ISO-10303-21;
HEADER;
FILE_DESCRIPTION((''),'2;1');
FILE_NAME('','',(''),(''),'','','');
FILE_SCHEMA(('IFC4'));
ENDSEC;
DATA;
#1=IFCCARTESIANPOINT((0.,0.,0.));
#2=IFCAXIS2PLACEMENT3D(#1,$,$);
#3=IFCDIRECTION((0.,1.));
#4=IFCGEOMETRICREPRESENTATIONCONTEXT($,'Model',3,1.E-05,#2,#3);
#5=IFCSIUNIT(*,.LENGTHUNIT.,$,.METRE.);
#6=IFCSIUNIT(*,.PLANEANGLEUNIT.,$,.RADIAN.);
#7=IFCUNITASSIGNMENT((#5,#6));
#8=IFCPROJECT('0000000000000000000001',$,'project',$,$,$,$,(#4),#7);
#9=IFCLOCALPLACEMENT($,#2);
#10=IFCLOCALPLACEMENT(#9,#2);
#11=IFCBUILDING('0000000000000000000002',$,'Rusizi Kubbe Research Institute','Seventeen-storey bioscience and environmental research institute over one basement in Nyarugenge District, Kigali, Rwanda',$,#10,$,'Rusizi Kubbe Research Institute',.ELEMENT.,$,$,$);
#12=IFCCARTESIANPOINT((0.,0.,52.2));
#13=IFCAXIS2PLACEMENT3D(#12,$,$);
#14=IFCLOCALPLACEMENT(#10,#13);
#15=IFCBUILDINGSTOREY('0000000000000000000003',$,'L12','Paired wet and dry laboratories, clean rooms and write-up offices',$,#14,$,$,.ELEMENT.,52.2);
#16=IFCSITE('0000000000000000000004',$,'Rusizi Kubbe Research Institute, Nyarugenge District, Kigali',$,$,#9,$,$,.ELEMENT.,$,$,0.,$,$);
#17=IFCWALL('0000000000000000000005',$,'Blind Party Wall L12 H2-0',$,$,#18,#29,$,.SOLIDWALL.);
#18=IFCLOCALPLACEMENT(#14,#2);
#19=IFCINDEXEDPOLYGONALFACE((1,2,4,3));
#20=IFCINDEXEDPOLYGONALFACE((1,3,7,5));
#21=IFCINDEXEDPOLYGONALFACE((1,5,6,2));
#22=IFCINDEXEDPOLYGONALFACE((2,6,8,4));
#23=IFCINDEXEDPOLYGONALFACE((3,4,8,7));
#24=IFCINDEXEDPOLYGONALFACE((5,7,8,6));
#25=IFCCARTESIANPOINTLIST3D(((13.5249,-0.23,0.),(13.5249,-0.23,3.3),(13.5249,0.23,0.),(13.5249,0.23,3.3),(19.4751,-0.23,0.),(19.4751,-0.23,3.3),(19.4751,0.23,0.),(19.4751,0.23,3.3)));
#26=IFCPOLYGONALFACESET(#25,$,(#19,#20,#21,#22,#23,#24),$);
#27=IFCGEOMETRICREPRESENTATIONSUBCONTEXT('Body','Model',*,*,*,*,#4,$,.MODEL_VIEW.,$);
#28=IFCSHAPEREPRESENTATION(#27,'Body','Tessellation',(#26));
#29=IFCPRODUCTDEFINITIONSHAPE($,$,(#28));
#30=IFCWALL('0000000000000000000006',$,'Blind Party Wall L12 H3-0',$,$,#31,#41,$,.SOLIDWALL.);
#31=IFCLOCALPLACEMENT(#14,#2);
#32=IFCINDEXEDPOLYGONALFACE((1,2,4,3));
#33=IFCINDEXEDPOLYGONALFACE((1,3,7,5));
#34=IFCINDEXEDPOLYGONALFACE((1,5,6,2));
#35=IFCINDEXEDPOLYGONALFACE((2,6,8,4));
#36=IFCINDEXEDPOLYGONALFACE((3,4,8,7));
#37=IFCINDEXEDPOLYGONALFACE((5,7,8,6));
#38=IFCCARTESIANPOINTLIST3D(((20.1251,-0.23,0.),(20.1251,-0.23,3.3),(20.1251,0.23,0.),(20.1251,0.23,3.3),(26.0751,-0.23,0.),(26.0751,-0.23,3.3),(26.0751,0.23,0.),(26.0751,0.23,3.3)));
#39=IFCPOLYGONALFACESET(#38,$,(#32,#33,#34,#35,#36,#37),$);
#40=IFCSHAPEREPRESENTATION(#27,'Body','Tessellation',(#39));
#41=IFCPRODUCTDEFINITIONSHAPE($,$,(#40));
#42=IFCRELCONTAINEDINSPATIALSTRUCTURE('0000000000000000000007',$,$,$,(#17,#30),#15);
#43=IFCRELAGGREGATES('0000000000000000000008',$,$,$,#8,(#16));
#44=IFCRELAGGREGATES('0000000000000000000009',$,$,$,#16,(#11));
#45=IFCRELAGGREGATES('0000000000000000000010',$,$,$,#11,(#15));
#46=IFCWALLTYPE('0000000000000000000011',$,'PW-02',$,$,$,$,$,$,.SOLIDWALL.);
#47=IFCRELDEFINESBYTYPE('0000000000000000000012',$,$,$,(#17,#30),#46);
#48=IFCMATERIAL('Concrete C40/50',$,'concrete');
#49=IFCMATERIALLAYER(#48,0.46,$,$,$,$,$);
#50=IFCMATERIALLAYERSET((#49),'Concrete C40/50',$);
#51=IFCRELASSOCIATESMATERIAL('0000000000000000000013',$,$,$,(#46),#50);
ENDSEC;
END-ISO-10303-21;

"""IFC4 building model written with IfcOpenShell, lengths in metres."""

from ifc_helpers import new_model, si_unit, direction, frame, frame_2d, origin, place, context, subcontext, project, spatial, rectangle, extrude, material, layer, layer_set, type_object, element, save


model = new_model("IFC4")

# Units and contexts
model_context = context("Model", 3, precision=1e-05, world=origin(), true_north=direction((0.0, 1.0)))
body_context = subcontext(model_context, "Body", "Model", "MODEL_VIEW")
ifc_project = project(units=[si_unit("LENGTHUNIT", "METRE"), si_unit("PLANEANGLEUNIT", "RADIAN")], contexts=[model_context])

# Site, building, storey
site_placement = place(None, origin())
site = spatial("IfcSite", under=ifc_project, at=site_placement, Name="Rusizi Kubbe Research Institute, Nyarugenge District, Kigali", CompositionType="ELEMENT", RefElevation=0.0)
building_placement = place(site_placement, origin())
building = spatial("IfcBuilding", under=site, at=building_placement, Name="Rusizi Kubbe Research Institute", Description="Seventeen-storey bioscience and environmental research institute over one basement in Nyarugenge District, Kigali, Rwanda", LongName="Rusizi Kubbe Research Institute", CompositionType="ELEMENT")
storey_placement = place(building_placement, frame((0.0, 0.0, 52.2)))
storey = spatial("IfcBuildingStorey", under=building, at=storey_placement, Name="L12", Description="Paired wet and dry laboratories, clean rooms and write-up offices", CompositionType="ELEMENT", Elevation=52.2)

# Walls
ifc_material_1 = material(Name="Concrete C40/50", Category="concrete")
ifc_layer_1 = layer(ifc_material_1, 0.46)
ifc_layer_set_1 = layer_set([ifc_layer_1], Name="Concrete C40/50")
wall_type_1 = type_object("IfcWallType", Name="PW-02", PredefinedType="SOLIDWALL", material=ifc_layer_set_1)
wall_1_placement = place(storey_placement, frame((13.5249, 0.0, 0.0), z_axis=(0.0, 0.0, 1.0), x_axis=(1.0, 0.0, 0.0)))
element("IfcWall", 1, at=wall_1_placement, inside=storey, type_object=wall_type_1, Name="Blind Party Wall L12 H2-0", PredefinedType="SOLIDWALL", context=body_context, shape_type="SweptSolid", body=[
    extrude(rectangle(XDim=5.9502, YDim=0.46, at=frame_2d((2.9751, 0.0))), origin(), (0.0, 0.0, 1.0), 3.3),
])
wall_2_placement = place(storey_placement, frame((20.125, 0.0, 0.0), z_axis=(0.0, 0.0, 1.0), x_axis=(1.0, 0.0, 0.0)))
element("IfcWall", 2, at=wall_2_placement, inside=storey, type_object=wall_type_1, Name="Blind Party Wall L12 H3-0", PredefinedType="SOLIDWALL", context=body_context, shape_type="SweptSolid", body=[
    extrude(rectangle(XDim=5.95, YDim=0.46, at=frame_2d((2.9751, 0.0))), origin(), (0.0, 0.0, 1.0), 3.3),
])

save(model, "model.ifc")
